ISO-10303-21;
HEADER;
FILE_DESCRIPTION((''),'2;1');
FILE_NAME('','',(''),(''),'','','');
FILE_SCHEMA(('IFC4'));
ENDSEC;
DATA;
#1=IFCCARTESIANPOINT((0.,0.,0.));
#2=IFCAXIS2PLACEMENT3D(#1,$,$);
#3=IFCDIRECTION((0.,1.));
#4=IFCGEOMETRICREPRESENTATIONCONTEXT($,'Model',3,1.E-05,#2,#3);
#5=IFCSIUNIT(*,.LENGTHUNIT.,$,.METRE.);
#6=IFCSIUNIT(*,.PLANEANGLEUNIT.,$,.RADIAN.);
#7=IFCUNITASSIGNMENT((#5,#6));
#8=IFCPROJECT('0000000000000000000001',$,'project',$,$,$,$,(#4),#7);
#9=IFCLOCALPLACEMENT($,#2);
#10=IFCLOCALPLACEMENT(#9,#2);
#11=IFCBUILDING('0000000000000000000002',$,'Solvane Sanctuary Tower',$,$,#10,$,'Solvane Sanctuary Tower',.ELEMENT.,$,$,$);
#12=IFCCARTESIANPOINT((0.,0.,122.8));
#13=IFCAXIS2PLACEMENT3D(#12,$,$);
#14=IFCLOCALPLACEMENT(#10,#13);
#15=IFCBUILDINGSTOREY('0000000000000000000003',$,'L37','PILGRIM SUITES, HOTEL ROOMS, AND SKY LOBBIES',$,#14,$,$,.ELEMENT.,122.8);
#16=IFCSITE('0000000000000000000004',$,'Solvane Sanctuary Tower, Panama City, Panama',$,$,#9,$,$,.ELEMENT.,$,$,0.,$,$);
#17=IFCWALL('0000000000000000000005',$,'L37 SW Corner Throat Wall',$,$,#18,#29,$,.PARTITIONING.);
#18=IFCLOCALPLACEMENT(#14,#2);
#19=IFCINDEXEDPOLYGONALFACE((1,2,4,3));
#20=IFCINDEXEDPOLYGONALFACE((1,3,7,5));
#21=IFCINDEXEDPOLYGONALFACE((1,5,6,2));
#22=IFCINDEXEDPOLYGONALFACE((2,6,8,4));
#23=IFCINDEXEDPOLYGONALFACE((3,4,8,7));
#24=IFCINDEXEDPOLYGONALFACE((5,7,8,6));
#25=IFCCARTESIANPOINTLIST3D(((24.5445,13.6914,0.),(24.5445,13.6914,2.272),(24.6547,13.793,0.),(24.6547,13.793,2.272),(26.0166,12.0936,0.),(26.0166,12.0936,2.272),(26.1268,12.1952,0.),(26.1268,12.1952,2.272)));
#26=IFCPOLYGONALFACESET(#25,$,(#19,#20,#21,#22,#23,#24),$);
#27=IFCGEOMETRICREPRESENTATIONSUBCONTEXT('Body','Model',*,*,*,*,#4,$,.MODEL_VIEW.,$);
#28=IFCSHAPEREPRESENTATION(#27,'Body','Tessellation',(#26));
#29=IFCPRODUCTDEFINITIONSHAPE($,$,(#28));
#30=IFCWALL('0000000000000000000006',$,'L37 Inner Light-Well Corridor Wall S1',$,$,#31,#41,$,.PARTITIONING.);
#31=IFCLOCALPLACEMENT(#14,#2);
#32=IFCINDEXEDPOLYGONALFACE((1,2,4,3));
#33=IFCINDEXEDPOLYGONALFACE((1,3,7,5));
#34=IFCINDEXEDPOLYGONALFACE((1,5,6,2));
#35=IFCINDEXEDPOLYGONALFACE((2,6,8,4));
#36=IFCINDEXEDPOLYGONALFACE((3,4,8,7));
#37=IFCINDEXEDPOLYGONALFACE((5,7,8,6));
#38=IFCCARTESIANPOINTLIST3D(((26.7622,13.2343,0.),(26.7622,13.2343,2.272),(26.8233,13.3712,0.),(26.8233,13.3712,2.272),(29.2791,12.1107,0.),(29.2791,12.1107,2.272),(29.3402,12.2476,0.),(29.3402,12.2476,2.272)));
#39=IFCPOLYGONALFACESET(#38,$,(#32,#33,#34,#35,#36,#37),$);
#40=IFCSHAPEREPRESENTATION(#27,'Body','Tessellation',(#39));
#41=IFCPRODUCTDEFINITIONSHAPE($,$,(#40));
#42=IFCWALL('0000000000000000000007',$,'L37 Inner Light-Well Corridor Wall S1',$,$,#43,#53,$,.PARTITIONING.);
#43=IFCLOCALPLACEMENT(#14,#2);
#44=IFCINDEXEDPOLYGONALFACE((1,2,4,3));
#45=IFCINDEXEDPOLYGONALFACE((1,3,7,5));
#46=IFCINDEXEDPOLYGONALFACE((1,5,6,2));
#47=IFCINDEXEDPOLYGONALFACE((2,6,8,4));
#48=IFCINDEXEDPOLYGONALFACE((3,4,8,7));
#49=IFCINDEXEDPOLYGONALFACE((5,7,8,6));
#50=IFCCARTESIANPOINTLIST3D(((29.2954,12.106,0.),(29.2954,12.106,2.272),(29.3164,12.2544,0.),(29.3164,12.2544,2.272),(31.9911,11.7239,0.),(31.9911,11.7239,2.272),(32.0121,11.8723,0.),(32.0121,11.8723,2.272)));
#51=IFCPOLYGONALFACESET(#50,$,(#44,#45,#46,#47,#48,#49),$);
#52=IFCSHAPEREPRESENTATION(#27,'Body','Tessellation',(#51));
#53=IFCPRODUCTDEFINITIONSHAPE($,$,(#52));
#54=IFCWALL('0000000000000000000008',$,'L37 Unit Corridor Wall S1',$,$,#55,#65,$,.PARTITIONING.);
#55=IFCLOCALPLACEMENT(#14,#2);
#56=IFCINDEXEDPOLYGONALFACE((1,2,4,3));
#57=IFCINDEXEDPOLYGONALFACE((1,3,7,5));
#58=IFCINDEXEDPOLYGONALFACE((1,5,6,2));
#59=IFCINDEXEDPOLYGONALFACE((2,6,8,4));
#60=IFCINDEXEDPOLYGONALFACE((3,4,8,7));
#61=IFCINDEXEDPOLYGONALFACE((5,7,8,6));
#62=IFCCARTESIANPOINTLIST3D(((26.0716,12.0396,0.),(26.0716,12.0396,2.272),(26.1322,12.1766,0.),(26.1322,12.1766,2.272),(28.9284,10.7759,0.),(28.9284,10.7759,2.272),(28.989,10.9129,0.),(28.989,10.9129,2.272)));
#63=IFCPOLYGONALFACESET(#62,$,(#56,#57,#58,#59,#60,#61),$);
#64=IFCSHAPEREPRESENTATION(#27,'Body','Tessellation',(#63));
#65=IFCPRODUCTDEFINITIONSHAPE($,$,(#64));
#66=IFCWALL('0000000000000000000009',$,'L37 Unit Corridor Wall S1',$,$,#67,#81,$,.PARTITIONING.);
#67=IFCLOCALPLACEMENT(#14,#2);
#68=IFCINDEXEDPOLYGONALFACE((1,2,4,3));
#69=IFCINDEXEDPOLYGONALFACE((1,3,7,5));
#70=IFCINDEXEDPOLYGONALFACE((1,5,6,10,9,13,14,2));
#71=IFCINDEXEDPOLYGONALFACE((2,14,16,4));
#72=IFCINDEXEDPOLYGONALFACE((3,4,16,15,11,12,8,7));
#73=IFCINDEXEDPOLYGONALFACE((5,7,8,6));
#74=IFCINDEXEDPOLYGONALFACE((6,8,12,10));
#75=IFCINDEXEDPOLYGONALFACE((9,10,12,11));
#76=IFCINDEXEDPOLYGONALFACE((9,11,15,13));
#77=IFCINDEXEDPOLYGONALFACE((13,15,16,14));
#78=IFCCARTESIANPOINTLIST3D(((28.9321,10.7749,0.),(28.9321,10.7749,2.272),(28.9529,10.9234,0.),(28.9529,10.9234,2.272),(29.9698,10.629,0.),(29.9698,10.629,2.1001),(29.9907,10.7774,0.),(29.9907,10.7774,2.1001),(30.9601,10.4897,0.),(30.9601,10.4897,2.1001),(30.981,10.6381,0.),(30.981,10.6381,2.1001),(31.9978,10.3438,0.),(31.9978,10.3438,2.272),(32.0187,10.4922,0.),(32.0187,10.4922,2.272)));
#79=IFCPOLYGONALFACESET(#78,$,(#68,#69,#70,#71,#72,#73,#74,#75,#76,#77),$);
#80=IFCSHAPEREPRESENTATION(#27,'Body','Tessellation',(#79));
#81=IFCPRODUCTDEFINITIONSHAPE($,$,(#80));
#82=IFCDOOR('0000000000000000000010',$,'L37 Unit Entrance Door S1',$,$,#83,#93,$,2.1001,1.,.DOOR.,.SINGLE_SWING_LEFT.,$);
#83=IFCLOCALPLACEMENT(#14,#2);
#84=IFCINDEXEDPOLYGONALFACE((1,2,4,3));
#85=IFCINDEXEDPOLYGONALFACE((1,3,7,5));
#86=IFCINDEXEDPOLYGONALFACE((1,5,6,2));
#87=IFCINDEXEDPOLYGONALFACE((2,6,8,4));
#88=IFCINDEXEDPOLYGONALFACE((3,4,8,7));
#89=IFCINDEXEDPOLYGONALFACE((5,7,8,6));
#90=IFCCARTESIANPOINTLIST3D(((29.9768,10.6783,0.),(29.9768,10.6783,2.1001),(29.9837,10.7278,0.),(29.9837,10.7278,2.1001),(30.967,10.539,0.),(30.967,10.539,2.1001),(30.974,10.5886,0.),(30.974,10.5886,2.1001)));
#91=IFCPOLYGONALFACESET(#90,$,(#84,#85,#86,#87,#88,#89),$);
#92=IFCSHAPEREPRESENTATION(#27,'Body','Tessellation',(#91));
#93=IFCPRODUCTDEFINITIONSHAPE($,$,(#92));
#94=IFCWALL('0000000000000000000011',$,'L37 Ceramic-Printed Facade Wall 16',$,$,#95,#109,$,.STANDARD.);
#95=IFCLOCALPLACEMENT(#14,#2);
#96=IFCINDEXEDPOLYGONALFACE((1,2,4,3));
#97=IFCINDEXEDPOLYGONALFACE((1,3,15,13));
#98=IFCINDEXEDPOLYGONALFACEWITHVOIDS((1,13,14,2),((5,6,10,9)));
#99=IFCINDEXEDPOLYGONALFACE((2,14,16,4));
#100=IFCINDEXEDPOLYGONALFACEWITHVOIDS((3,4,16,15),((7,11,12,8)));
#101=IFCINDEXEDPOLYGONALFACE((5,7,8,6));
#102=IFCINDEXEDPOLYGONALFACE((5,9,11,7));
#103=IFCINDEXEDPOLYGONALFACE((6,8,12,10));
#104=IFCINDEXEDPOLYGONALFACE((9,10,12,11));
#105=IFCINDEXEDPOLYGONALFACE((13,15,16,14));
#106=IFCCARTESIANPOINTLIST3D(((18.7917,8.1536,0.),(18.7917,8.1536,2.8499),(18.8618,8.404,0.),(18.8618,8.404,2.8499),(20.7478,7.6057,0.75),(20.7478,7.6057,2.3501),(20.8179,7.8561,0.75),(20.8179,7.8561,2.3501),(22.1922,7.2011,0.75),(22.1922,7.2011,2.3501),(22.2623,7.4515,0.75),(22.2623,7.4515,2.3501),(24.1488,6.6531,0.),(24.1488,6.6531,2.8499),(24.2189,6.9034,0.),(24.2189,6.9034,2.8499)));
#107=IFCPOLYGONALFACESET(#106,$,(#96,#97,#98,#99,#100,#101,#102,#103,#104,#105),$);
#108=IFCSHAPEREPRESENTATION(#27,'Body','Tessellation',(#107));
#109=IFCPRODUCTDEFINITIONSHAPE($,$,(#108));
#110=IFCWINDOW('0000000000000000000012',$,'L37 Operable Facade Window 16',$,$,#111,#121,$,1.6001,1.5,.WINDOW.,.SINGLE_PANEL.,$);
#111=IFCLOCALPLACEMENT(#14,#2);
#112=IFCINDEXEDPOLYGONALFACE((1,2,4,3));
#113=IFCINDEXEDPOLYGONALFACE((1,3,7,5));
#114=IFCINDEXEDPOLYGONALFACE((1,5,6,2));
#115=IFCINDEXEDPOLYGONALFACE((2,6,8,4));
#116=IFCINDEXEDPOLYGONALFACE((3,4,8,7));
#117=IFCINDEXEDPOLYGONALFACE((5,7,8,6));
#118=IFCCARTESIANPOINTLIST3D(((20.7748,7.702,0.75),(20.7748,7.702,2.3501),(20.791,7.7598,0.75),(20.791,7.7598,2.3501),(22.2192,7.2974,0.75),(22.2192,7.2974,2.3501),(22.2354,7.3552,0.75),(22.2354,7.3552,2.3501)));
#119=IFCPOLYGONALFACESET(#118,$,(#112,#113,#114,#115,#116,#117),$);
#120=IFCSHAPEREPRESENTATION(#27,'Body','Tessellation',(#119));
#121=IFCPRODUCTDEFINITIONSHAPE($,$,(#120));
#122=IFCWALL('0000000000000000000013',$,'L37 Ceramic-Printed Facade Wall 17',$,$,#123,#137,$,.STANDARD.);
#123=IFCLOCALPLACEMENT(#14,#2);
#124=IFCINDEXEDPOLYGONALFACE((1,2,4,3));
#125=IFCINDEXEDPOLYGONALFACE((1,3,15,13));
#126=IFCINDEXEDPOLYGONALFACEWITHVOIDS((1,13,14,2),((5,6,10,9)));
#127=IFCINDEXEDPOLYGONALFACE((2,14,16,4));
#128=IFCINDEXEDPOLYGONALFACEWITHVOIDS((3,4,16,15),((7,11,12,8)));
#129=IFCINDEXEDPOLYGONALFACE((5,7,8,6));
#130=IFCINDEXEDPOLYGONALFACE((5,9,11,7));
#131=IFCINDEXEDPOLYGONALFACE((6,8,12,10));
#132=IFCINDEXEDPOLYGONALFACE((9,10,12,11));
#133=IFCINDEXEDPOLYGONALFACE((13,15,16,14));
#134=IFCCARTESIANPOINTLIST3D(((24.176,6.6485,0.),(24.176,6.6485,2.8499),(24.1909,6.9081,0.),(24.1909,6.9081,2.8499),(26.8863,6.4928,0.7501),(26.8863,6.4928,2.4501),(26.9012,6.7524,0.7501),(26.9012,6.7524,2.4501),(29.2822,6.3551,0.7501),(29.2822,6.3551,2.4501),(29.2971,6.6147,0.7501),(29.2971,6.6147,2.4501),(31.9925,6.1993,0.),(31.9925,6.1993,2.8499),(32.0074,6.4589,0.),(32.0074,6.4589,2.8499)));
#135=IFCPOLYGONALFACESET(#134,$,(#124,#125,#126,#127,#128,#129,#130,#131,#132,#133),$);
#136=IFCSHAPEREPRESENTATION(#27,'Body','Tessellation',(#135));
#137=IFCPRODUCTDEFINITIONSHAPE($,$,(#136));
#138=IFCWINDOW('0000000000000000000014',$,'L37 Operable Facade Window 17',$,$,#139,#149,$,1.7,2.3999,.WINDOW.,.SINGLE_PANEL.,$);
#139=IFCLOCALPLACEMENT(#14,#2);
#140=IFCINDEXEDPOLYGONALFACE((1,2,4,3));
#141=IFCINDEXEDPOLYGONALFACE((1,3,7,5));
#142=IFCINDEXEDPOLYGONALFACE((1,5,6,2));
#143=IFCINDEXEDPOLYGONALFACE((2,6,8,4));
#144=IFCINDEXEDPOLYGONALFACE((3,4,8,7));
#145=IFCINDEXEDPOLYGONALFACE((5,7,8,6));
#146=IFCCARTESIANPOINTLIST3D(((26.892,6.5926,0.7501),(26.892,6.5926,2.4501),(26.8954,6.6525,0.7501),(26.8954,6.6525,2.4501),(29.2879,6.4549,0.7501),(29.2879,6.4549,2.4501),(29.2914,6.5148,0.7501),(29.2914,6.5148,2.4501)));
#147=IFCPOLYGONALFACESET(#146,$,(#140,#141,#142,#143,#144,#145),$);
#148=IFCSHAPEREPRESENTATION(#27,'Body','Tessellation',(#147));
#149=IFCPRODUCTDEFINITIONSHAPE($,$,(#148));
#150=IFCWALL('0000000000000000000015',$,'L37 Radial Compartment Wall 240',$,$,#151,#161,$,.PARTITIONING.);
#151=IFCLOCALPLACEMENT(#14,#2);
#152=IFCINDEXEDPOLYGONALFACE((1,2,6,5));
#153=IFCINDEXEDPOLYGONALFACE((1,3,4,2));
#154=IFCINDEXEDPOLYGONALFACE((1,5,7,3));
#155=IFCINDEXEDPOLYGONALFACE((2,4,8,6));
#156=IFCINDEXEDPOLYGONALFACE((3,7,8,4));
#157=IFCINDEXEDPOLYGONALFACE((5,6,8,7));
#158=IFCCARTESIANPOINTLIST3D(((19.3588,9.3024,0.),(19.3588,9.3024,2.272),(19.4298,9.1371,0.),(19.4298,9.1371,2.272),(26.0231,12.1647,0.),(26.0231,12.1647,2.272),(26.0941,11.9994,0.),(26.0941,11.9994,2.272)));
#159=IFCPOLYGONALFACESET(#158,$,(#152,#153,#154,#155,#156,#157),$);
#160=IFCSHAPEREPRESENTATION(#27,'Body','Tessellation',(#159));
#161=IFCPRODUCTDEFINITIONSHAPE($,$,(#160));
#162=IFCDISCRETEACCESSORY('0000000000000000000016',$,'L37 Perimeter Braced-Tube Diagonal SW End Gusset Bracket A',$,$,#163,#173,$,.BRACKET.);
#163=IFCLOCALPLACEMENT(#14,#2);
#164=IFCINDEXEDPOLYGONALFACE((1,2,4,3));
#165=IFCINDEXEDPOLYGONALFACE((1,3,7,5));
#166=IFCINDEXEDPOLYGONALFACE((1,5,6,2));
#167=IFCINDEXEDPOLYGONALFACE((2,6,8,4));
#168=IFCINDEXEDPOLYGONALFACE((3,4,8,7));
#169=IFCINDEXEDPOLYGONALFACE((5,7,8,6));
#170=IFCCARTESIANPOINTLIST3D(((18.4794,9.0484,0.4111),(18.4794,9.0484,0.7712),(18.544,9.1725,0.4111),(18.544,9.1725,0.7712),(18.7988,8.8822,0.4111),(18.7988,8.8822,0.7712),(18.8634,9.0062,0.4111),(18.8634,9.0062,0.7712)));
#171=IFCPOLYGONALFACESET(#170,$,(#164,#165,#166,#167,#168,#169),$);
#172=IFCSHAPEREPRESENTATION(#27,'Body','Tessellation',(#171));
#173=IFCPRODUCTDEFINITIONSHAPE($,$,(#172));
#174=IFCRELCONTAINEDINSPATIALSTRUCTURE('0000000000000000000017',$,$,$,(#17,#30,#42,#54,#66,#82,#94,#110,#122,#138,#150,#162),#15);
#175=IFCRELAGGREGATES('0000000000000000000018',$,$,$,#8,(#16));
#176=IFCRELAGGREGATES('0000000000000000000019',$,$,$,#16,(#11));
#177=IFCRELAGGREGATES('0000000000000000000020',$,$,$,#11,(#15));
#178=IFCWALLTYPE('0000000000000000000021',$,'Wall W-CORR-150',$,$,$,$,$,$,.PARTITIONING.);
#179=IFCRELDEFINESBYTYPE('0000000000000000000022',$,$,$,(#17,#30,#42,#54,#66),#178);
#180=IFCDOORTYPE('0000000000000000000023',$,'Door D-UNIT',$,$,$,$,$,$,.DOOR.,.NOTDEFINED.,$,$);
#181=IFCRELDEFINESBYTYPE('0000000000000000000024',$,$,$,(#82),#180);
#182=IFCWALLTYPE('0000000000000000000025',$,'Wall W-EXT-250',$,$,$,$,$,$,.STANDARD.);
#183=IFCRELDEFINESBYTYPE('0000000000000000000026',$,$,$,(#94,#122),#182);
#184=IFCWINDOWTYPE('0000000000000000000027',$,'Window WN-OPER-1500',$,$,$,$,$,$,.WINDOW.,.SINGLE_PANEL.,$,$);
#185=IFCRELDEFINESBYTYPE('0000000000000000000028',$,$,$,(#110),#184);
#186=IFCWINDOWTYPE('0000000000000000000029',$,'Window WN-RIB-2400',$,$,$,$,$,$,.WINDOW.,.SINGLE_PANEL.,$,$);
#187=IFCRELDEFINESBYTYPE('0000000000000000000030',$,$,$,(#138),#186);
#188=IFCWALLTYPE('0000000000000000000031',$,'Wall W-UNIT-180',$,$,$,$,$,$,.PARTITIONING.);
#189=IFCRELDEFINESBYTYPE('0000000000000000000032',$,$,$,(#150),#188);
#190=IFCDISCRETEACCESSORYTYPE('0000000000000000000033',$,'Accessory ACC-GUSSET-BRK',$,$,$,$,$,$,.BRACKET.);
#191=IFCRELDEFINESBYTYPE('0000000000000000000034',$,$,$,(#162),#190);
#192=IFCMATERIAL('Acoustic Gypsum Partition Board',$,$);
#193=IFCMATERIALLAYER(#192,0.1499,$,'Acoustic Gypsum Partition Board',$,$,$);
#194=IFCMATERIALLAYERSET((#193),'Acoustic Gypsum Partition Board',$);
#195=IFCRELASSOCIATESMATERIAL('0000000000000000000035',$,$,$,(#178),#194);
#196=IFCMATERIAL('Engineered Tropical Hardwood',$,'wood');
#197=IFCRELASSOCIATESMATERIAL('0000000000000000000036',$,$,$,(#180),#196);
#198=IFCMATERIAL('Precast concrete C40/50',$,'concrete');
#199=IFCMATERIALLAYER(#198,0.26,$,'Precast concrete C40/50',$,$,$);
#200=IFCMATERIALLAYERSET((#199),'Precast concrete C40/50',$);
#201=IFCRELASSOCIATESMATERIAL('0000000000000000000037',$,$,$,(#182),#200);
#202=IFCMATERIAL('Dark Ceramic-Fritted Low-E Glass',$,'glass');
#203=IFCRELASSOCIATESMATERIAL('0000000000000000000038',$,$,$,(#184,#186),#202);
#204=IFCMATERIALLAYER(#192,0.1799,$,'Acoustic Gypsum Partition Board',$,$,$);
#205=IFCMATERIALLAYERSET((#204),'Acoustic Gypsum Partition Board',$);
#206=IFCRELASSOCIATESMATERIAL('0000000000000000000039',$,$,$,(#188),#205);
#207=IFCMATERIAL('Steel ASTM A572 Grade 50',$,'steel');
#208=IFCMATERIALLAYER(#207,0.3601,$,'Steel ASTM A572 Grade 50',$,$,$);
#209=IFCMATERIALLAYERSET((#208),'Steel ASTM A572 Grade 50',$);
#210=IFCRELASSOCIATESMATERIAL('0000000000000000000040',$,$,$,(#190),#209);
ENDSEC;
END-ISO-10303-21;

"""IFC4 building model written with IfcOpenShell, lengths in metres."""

from ifc_helpers import new_model, si_unit, direction, frame, frame_2d, origin, origin_2d, place, context, subcontext, project, spatial, rectangle, extrude, material, layer, layer_set, type_object, element, fill, save


model = new_model("IFC4")

# Units and contexts
model_context = context("Model", 3, precision=1e-05, world=origin(), true_north=direction((0.0, 1.0)))
body_context = subcontext(model_context, "Body", "Model", "MODEL_VIEW")
ifc_project = project(units=[si_unit("LENGTHUNIT", "METRE"), si_unit("PLANEANGLEUNIT", "RADIAN")], contexts=[model_context])

# Site, building, storey
site_placement = place(None, origin())
site = spatial("IfcSite", under=ifc_project, at=site_placement, Name="Solvane Sanctuary Tower, Panama City, Panama", CompositionType="ELEMENT", RefElevation=0.0)
building_placement = place(site_placement, origin())
building = spatial("IfcBuilding", under=site, at=building_placement, Name="Solvane Sanctuary Tower", LongName="Solvane Sanctuary Tower", CompositionType="ELEMENT")
storey_placement = place(building_placement, frame((0.0, 0.0, 122.8)))
storey = spatial("IfcBuildingStorey", under=building, at=storey_placement, Name="L37", Description="PILGRIM SUITES, HOTEL ROOMS, AND SKY LOBBIES", CompositionType="ELEMENT", Elevation=122.8)

# Walls
ifc_material_1 = material(Name="Acoustic Gypsum Partition Board")
ifc_layer_1 = layer(ifc_material_1, 0.1499, Name="Acoustic Gypsum Partition Board")
ifc_layer_set_1 = layer_set([ifc_layer_1], Name="Acoustic Gypsum Partition Board")
wall_type_1 = type_object("IfcWallType", Name="Wall W-CORR-150", PredefinedType="PARTITIONING", material=ifc_layer_set_1)
wall_1_placement = place(storey_placement, frame((26.0718, 12.1443, 0.0), z_axis=(0.0, 0.0, 1.0), x_axis=(-0.67758, 0.735449, 0.0)))
element("IfcWall", 1, at=wall_1_placement, inside=storey, type_object=wall_type_1, Name="L37 SW Corner Throat Wall", PredefinedType="PARTITIONING", context=body_context, shape_type="SweptSolid", body=[
    extrude(rectangle(XDim=2.1726, YDim=0.1499, at=frame_2d((1.0864, 0.0))), origin(), (0.0, 0.0, 1.0), 2.272),
])
wall_2_placement = place(storey_placement, frame((26.7927, 13.3027, 0.0), z_axis=(0.0, 0.0, 1.0), x_axis=(0.913146, -0.407634, 0.0)))
element("IfcWall", 2, at=wall_2_placement, inside=storey, type_object=wall_type_1, Name="L37 Inner Light-Well Corridor Wall S1", PredefinedType="PARTITIONING", context=body_context, shape_type="SweptSolid", body=[
    extrude(rectangle(XDim=2.7563, YDim=0.1499, at=frame_2d((1.3782, 0.0))), origin(), (0.0, 0.0, 1.0), 2.272),
])
wall_3_placement = place(storey_placement, frame((29.3059, 12.1802, 0.0), z_axis=(0.0, 0.0, 1.0), x_axis=(0.990105, -0.140329, 0.0)))
element("IfcWall", 3, at=wall_3_placement, inside=storey, type_object=wall_type_1, Name="L37 Inner Light-Well Corridor Wall S1", PredefinedType="PARTITIONING", context=body_context, shape_type="SweptSolid", body=[
    extrude(rectangle(XDim=2.7227, YDim=0.1499, at=frame_2d((1.3613, 0.0))), origin(), (0.0, 0.0, 1.0), 2.272),
])
wall_4_placement = place(storey_placement, frame((26.1018, 12.1082, 0.0), z_axis=(0.0, 0.0, 1.0), x_axis=(0.914519, -0.404542, 0.0)))
element("IfcWall", 4, at=wall_4_placement, inside=storey, type_object=wall_type_1, Name="L37 Unit Corridor Wall S1", PredefinedType="PARTITIONING", context=body_context, shape_type="SweptSolid", body=[
    extrude(rectangle(XDim=3.1238, YDim=0.1499, at=frame_2d((1.562, 0.0))), origin(), (0.0, 0.0, 1.0), 2.272),
])

# Wall, opening, door
wall_5_placement = place(storey_placement, frame((28.9426, 10.8491, 0.0), z_axis=(0.0, 0.0, 1.0), x_axis=(0.990255, -0.139268, 0.0)))
wall_5 = element("IfcWall", 5, at=wall_5_placement, inside=storey, type_object=wall_type_1, Name="L37 Unit Corridor Wall S1", PredefinedType="PARTITIONING", context=body_context, shape_type="SweptSolid", body=[
    extrude(rectangle(XDim=3.0959, YDim=0.1499, at=frame_2d((1.5479, 0.0))), origin(), (0.0, 0.0, 1.0), 2.272),
])
opening_1_placement = place(wall_5_placement, frame((1.0479, 0.0, 0.0)))
opening_1 = element("IfcOpeningElement", 6, at=opening_1_placement, cuts=wall_5, PredefinedType="OPENING", context=body_context, shape_type="SweptSolid", body=[
    extrude(rectangle(XDim=1.0, YDim=2.1001, at=frame_2d((0.5, 1.05))), frame((0.0, 0.085, 0.0), z_axis=(0.0, -1.0, 0.0), x_axis=(1.0, 0.0, 0.0)), (0.0, 0.0, 1.0), 0.1699),
])
ifc_material_2 = material(Name="Engineered Tropical Hardwood", Category="wood")
door_type = type_object("IfcDoorType", Name="Door D-UNIT", OperationType="NOTDEFINED", PredefinedType="DOOR", material=ifc_material_2)
door_placement = place(opening_1_placement, origin())
door = element("IfcDoor", 7, at=door_placement, inside=storey, type_object=door_type, Name="L37 Unit Entrance Door S1", OperationType="SINGLE_SWING_LEFT", OverallHeight=2.1001, OverallWidth=1.0, PredefinedType="DOOR", context=body_context, shape_type="SweptSolid", body=[
    extrude(rectangle(XDim=1.0, YDim=2.1001, at=frame_2d((0.5, 1.05))), frame((0.0, 0.0249, 0.0), z_axis=(0.0, -1.0, 0.0), x_axis=(1.0, 0.0, 0.0)), (0.0, 0.0, 1.0), 0.05),
])
fill(opening_1, door)

# Walls, openings, windows
ifc_material_3 = material(Name="Precast concrete C40/50", Category="concrete")
ifc_layer_2 = layer(ifc_material_3, 0.26, Name="Precast concrete C40/50")
ifc_layer_set_2 = layer_set([ifc_layer_2], Name="Precast concrete C40/50")
wall_type_2 = type_object("IfcWallType", Name="Wall W-EXT-250", PredefinedType="STANDARD", material=ifc_layer_set_2)
wall_6_placement = place(storey_placement, frame((18.8267, 8.2788, 0.0), z_axis=(0.0, 0.0, 1.0), x_axis=(0.962938, -0.269721, 0.0)))
wall_6 = element("IfcWall", 8, at=wall_6_placement, inside=storey, type_object=wall_type_2, Name="L37 Ceramic-Printed Facade Wall 16", PredefinedType="STANDARD", context=body_context, shape_type="SweptSolid", body=[
    extrude(rectangle(XDim=5.5632, YDim=0.26, at=frame_2d((2.7817, 0.0))), origin(), (0.0, 0.0, 1.0), 2.8499),
])
opening_2_placement = place(wall_6_placement, frame((2.0315, 0.0, 0.75)))
opening_2 = element("IfcOpeningElement", 9, at=opening_2_placement, cuts=wall_6, PredefinedType="OPENING", context=body_context, shape_type="SweptSolid", body=[
    extrude(rectangle(XDim=1.5, YDim=1.6001, at=frame_2d((0.75, 0.8))), frame((0.0, 0.1399, 0.0), z_axis=(0.0, -1.0, 0.0), x_axis=(1.0, 0.0, 0.0)), (0.0, 0.0, 1.0), 0.28),
])
ifc_material_4 = material(Name="Dark Ceramic-Fritted Low-E Glass", Category="glass")
window_type_1 = type_object("IfcWindowType", Name="Window WN-OPER-1500", PartitioningType="SINGLE_PANEL", PredefinedType="WINDOW", material=ifc_material_4)
window_1_placement = place(opening_2_placement, origin())
window_1 = element("IfcWindow", 10, at=window_1_placement, inside=storey, type_object=window_type_1, Name="L37 Operable Facade Window 16", OverallHeight=1.6001, OverallWidth=1.5, PartitioningType="SINGLE_PANEL", PredefinedType="WINDOW", context=body_context, shape_type="SweptSolid", body=[
    extrude(rectangle(XDim=1.5, YDim=1.6001, at=frame_2d((0.75, 0.8))), frame((0.0, 0.03, 0.0), z_axis=(0.0, -1.0, 0.0), x_axis=(1.0, 0.0, 0.0)), (0.0, 0.0, 1.0), 0.0601),
])
fill(opening_2, window_1)
wall_7_placement = place(storey_placement, frame((24.1836, 6.7783, 0.0), z_axis=(0.0, 0.0, 1.0), x_axis=(0.998353, -0.057377, 0.0)))
wall_7 = element("IfcWall", 11, at=wall_7_placement, inside=storey, type_object=wall_type_2, Name="L37 Ceramic-Printed Facade Wall 17", PredefinedType="STANDARD", context=body_context, shape_type="SweptSolid", body=[
    extrude(rectangle(XDim=7.8293, YDim=0.26, at=frame_2d((3.9146, 0.0))), origin(), (0.0, 0.0, 1.0), 2.8499),
])
opening_3_placement = place(wall_7_placement, frame((2.7146, 0.0, 0.75)))
opening_3 = element("IfcOpeningElement", 12, at=opening_3_placement, cuts=wall_7, PredefinedType="OPENING", context=body_context, shape_type="SweptSolid", body=[
    extrude(rectangle(XDim=2.3999, YDim=1.7, at=frame_2d((1.2, 0.8501))), frame((0.0, 0.1399, 0.0), z_axis=(0.0, -1.0, 0.0), x_axis=(1.0, 0.0, 0.0)), (0.0, 0.0, 1.0), 0.28),
])
window_type_2 = type_object("IfcWindowType", Name="Window WN-RIB-2400", PartitioningType="SINGLE_PANEL", PredefinedType="WINDOW", material=ifc_material_4)
window_2_placement = place(opening_3_placement, origin())
window_2 = element("IfcWindow", 13, at=window_2_placement, inside=storey, type_object=window_type_2, Name="L37 Operable Facade Window 17", OverallHeight=1.7, OverallWidth=2.3999, PartitioningType="SINGLE_PANEL", PredefinedType="WINDOW", context=body_context, shape_type="SweptSolid", body=[
    extrude(rectangle(XDim=2.3999, YDim=1.7, at=frame_2d((1.2, 0.8501))), frame((0.0, 0.03, 0.0), z_axis=(0.0, -1.0, 0.0), x_axis=(1.0, 0.0, 0.0)), (0.0, 0.0, 1.0), 0.0601),
])
fill(opening_3, window_2)

# Wall
ifc_layer_3 = layer(ifc_material_1, 0.1799, Name="Acoustic Gypsum Partition Board")
ifc_layer_set_3 = layer_set([ifc_layer_3], Name="Acoustic Gypsum Partition Board")
wall_type_3 = type_object("IfcWallType", Name="Wall W-UNIT-180", PredefinedType="PARTITIONING", material=ifc_layer_set_3)
wall_8_placement = place(storey_placement, frame((26.0586, 12.082, 0.0), z_axis=(0.0, 0.0, 1.0), x_axis=(-0.918837, -0.394638, 0.0)))
element("IfcWall", 14, at=wall_8_placement, inside=storey, type_object=wall_type_3, Name="L37 Radial Compartment Wall 240", PredefinedType="PARTITIONING", context=body_context, shape_type="SweptSolid", body=[
    extrude(rectangle(XDim=7.2529, YDim=0.1799, at=frame_2d((3.6265, 0.0))), origin(), (0.0, 0.0, 1.0), 2.272),
])

# Discrete accessory
ifc_material_5 = material(Name="Steel ASTM A572 Grade 50", Category="steel")
ifc_layer_4 = layer(ifc_material_5, 0.3601, Name="Steel ASTM A572 Grade 50")
ifc_layer_set_4 = layer_set([ifc_layer_4], Name="Steel ASTM A572 Grade 50")
discrete_accessory_type = type_object("IfcDiscreteAccessoryType", Name="Accessory ACC-GUSSET-BRK", PredefinedType="BRACKET", material=ifc_layer_set_4)
discrete_accessory_placement = place(storey_placement, frame((18.6714, 9.0273, 0.4111), z_axis=(0.0, 0.0, 1.0), x_axis=(-0.887011, 0.461749, 0.0)))
element("IfcDiscreteAccessory", 15, at=discrete_accessory_placement, inside=storey, type_object=discrete_accessory_type, Name="L37 Perimeter Braced-Tube Diagonal SW End Gusset Bracket A", PredefinedType="BRACKET", context=body_context, shape_type="SweptSolid", body=[
    extrude(rectangle(XDim=0.3601, YDim=0.1399, at=origin_2d()), origin(), (0.0, 0.0, 1.0), 0.3601),
])

save(model, "model.ifc")
